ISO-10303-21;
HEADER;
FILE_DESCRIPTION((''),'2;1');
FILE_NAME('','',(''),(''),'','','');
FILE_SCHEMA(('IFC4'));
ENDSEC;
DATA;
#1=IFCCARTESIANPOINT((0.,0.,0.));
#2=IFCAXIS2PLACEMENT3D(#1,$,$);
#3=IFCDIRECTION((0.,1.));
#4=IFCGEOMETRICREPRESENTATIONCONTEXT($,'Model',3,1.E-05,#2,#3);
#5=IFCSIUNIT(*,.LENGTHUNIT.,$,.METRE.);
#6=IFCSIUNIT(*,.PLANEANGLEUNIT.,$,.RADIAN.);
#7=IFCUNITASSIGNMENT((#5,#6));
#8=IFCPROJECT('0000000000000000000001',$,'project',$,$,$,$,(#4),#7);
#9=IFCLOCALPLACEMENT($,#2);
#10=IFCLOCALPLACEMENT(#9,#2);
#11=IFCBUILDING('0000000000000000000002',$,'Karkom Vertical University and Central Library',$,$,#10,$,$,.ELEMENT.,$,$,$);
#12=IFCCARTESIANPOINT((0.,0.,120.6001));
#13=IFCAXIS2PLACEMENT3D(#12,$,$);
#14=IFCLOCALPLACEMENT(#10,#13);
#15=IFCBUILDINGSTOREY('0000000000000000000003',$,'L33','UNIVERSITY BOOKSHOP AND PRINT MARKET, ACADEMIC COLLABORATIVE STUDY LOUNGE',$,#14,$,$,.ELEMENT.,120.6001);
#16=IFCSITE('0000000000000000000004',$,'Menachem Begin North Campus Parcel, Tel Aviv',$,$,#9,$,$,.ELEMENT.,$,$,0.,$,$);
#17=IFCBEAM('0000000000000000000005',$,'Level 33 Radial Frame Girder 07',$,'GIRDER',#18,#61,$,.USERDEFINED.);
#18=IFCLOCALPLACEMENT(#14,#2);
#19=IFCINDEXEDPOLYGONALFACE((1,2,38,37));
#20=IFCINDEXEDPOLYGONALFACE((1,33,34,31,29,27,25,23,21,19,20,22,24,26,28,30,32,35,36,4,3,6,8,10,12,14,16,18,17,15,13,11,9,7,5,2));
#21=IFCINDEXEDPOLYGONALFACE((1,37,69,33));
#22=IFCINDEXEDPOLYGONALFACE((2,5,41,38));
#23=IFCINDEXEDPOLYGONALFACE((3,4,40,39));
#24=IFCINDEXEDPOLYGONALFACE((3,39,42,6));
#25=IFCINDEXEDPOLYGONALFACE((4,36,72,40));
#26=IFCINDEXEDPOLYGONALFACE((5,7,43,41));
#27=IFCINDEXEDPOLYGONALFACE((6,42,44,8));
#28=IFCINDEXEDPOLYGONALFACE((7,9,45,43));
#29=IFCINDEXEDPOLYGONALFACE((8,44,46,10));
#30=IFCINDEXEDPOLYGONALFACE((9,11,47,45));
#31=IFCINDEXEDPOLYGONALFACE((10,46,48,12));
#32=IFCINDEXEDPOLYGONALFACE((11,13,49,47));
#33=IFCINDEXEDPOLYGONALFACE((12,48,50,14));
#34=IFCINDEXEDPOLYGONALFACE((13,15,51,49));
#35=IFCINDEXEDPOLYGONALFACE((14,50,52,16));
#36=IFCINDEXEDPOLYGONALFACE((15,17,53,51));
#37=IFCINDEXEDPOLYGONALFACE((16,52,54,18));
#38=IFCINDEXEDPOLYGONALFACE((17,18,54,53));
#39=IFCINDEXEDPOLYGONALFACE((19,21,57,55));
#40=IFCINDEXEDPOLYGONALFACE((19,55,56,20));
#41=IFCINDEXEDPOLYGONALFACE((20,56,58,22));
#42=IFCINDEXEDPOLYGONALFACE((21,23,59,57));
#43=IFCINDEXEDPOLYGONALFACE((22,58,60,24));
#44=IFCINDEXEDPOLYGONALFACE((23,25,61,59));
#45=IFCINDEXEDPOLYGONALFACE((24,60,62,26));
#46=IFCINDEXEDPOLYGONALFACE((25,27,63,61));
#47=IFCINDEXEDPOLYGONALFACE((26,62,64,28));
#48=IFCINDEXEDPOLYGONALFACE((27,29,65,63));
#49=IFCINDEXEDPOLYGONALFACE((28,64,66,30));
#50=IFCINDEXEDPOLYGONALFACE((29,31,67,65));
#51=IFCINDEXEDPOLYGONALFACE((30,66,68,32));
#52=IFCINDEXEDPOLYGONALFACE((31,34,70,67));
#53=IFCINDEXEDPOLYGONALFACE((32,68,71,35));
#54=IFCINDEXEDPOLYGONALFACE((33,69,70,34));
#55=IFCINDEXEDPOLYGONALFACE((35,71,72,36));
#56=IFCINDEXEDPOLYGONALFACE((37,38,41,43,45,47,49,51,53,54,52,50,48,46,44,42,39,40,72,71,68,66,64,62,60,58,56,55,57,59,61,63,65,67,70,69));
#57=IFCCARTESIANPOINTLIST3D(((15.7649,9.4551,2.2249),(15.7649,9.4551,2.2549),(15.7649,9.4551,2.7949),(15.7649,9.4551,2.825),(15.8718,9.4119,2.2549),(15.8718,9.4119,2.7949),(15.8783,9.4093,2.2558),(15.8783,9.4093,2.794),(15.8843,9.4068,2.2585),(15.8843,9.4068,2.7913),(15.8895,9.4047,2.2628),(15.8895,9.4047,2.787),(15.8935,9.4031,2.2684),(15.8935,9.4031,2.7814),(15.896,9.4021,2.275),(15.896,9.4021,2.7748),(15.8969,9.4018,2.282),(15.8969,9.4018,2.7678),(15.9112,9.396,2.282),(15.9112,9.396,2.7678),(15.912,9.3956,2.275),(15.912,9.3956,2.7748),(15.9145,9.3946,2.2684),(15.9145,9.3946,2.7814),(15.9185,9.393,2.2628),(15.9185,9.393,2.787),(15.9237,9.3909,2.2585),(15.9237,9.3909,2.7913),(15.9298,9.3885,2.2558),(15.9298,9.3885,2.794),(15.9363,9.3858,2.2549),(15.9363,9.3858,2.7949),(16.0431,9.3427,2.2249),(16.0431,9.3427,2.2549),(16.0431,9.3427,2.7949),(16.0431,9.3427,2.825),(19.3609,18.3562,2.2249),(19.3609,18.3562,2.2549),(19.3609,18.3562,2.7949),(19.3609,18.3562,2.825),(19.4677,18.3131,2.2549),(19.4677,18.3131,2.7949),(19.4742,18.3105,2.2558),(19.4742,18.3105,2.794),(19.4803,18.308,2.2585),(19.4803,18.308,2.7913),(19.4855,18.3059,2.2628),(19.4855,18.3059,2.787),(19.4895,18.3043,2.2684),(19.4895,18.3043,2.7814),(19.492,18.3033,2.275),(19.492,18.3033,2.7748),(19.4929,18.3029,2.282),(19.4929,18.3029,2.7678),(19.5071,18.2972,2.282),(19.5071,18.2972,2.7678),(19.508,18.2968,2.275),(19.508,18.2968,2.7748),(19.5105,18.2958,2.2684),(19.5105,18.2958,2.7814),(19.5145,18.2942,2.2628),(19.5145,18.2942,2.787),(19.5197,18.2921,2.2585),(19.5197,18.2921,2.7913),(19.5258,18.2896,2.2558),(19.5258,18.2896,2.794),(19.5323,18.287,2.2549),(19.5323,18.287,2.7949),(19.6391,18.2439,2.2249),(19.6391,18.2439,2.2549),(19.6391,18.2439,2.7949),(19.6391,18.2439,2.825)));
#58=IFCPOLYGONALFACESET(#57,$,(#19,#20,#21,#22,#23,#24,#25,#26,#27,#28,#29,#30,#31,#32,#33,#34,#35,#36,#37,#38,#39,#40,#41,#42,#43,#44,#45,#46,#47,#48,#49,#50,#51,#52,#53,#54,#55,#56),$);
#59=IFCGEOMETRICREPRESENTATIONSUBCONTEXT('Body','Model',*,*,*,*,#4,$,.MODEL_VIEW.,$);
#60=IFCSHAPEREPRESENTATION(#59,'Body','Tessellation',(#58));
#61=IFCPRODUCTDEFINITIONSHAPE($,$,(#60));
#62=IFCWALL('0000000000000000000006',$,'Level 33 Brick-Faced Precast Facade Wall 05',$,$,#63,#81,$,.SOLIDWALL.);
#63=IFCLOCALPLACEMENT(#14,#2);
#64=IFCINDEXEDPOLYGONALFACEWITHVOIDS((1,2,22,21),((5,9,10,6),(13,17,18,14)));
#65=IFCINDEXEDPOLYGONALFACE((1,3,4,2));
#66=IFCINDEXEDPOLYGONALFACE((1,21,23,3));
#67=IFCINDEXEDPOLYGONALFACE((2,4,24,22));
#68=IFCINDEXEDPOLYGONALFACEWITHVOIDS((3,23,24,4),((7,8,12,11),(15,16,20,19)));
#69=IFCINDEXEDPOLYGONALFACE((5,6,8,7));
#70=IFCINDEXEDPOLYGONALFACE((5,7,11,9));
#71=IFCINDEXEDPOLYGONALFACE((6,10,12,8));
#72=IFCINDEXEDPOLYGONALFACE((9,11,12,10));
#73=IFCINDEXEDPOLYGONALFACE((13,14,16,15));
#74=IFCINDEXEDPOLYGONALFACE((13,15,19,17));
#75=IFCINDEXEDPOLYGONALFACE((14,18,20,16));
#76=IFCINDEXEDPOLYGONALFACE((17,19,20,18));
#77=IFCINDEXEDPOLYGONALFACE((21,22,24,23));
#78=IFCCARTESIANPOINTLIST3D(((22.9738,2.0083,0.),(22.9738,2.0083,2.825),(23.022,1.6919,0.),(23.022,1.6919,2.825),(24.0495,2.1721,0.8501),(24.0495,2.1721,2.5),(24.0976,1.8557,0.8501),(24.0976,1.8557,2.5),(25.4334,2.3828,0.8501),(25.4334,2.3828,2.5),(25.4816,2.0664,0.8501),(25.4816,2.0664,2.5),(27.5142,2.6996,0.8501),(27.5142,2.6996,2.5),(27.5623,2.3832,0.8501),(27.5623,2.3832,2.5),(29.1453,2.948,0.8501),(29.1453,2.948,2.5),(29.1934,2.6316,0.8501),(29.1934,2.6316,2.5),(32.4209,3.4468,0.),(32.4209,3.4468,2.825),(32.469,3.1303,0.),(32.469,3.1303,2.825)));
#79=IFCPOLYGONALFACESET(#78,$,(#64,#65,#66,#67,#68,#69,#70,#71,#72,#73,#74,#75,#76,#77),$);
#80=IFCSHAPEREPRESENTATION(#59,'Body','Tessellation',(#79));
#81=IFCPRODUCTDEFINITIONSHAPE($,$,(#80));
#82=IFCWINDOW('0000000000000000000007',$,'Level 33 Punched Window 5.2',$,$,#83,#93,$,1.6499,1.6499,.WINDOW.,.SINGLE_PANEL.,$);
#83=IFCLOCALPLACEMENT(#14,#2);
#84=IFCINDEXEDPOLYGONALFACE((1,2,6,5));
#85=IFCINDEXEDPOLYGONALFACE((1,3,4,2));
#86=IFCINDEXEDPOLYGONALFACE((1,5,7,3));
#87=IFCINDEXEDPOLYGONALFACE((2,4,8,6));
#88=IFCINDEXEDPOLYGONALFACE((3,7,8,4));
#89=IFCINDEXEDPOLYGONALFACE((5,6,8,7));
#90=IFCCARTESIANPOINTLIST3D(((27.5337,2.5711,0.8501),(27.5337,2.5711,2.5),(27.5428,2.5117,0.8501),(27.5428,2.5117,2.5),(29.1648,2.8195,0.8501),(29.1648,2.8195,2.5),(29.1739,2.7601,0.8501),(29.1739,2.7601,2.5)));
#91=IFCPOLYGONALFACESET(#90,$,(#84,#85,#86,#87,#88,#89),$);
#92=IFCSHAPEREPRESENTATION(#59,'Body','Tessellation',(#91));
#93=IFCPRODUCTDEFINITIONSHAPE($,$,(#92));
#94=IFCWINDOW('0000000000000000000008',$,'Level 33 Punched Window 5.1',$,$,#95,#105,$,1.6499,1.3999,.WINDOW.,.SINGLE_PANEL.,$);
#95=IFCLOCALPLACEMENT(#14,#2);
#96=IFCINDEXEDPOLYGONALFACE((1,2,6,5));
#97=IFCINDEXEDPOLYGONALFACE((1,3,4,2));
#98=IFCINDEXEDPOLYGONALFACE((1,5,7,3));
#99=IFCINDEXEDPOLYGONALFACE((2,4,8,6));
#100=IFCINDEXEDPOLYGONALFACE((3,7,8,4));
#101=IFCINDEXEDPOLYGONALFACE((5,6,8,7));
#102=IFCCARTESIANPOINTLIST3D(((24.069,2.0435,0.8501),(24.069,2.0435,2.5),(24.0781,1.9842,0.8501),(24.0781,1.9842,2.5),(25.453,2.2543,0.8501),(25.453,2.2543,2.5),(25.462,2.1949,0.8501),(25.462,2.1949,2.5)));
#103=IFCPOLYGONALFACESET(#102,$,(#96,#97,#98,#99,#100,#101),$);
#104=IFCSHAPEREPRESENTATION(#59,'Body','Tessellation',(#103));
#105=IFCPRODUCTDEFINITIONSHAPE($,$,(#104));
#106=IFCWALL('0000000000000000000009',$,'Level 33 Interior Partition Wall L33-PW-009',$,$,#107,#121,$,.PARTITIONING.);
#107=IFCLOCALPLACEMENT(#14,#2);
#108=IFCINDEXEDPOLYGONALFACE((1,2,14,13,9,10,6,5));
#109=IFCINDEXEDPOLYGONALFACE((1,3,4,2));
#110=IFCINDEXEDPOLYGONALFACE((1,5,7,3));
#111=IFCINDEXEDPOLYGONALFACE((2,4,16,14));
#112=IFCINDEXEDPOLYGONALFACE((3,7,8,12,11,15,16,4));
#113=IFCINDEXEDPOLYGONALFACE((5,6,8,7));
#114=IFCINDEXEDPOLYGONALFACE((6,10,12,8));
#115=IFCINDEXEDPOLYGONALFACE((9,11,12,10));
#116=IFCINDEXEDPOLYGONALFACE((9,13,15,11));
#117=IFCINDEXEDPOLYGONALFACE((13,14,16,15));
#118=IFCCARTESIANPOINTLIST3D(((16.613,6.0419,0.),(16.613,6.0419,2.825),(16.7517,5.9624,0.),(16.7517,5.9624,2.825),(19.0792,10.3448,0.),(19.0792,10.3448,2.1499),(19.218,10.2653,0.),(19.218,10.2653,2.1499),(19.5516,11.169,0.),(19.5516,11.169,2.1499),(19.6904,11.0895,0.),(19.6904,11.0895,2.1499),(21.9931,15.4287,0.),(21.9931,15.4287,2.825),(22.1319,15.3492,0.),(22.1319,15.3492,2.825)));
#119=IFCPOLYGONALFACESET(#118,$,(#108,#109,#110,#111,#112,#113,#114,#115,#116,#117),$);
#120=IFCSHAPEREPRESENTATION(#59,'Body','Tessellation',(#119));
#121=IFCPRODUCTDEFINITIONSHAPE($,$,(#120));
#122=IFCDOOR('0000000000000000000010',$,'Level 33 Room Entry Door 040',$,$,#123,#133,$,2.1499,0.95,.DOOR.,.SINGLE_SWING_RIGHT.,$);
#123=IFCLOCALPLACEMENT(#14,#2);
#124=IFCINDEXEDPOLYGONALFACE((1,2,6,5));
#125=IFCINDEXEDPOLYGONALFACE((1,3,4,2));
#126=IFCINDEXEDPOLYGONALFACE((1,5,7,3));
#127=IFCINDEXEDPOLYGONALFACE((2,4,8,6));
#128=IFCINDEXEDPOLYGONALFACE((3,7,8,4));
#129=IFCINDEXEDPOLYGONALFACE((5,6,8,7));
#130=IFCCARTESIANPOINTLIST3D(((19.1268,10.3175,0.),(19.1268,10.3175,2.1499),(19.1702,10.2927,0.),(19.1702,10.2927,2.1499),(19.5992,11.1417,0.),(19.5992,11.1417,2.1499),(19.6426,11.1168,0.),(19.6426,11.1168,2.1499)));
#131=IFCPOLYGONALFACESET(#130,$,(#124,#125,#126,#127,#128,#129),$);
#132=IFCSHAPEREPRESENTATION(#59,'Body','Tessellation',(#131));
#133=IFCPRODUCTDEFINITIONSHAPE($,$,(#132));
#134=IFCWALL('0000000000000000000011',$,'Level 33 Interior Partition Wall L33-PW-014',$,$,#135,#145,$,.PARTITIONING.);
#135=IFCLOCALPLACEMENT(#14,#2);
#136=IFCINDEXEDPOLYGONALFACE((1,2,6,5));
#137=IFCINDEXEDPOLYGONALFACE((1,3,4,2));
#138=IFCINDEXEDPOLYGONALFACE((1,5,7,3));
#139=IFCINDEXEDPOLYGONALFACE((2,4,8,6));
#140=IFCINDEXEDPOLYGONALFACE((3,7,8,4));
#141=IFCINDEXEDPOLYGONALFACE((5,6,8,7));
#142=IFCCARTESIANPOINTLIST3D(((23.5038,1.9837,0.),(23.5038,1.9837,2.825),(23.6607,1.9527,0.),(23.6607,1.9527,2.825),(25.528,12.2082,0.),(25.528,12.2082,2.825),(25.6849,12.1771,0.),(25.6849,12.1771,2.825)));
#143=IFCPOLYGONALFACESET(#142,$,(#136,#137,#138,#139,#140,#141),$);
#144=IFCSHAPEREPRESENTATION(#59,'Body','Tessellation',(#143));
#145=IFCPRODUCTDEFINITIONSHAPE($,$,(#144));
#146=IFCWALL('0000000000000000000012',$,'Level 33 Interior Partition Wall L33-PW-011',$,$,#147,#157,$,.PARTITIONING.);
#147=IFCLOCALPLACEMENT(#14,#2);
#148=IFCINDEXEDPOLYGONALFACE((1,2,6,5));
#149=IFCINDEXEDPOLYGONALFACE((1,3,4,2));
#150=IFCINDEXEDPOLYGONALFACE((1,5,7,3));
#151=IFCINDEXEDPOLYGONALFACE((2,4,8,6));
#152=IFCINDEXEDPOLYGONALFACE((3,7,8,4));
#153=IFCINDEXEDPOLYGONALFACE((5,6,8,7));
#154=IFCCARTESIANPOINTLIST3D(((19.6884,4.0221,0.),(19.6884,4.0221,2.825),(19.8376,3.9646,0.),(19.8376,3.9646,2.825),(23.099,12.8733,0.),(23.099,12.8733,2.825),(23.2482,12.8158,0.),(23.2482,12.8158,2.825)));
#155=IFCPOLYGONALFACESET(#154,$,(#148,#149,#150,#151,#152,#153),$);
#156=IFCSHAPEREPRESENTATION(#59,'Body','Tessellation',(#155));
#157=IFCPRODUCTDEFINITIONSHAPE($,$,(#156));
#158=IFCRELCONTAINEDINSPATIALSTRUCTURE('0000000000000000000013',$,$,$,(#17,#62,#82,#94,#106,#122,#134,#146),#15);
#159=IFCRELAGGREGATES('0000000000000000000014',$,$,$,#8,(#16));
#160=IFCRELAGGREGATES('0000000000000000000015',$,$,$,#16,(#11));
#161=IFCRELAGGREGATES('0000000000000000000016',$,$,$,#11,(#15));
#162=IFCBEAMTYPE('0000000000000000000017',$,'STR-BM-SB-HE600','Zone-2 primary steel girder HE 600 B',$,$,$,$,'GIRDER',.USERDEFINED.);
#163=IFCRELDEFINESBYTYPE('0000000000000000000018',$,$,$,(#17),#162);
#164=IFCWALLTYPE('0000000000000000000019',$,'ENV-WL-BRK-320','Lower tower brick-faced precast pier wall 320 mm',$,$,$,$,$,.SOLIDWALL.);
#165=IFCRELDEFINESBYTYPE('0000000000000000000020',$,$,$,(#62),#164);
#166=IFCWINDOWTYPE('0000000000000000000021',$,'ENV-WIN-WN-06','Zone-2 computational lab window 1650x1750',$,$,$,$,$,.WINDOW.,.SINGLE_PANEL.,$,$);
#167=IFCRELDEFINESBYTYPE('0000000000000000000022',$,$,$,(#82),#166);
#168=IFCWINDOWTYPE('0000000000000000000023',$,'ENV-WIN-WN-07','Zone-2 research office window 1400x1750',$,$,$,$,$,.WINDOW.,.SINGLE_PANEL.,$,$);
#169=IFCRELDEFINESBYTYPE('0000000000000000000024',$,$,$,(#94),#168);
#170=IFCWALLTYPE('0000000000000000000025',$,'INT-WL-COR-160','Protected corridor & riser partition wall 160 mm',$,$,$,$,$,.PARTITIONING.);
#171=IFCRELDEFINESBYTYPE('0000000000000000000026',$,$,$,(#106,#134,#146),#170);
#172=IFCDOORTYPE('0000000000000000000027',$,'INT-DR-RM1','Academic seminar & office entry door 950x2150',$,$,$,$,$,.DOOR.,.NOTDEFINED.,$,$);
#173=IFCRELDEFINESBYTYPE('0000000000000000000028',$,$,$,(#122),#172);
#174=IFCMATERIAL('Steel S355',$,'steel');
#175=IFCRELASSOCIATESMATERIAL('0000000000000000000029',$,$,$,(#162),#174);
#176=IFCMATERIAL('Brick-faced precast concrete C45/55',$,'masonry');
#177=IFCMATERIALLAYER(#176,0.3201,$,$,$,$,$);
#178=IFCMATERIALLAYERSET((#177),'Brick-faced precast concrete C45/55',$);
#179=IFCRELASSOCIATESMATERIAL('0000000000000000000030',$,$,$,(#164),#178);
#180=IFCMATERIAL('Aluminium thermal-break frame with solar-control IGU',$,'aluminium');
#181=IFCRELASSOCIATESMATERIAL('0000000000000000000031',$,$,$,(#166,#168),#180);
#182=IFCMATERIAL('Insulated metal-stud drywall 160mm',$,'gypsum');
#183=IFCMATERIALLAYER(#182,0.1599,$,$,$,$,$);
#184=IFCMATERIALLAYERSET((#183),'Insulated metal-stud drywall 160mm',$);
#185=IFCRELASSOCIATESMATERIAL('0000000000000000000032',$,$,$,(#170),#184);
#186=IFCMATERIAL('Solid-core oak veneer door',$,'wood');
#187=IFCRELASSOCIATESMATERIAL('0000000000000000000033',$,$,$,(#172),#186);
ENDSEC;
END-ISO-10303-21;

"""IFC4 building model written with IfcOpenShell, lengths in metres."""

from ifc_helpers import new_model, si_unit, direction, frame, frame_2d, origin, origin_with_axes, origin_2d, place, context, subcontext, project, spatial, rectangle, i_section, extrude, source, transform, mapped, material, layer, layer_set, material_profile, profile_set, type_object, element, fill, save


model = new_model("IFC4")

# Units and contexts
model_context = context("Model", 3, precision=1e-05, world=origin(), true_north=direction((0.0, 1.0)))
body_context = subcontext(model_context, "Body", "Model", "MODEL_VIEW")
ifc_project = project(units=[si_unit("LENGTHUNIT", "METRE"), si_unit("PLANEANGLEUNIT", "RADIAN")], contexts=[model_context])

# Site, building, storey
site_placement = place(None, origin())
site = spatial("IfcSite", under=ifc_project, at=site_placement, Name="Menachem Begin North Campus Parcel, Tel Aviv", CompositionType="ELEMENT", RefElevation=0.0)
building_placement = place(site_placement, origin())
building = spatial("IfcBuilding", under=site, at=building_placement, Name="Karkom Vertical University and Central Library", CompositionType="ELEMENT")
storey_placement = place(building_placement, frame((0.0, 0.0, 120.6001)))
storey = spatial("IfcBuildingStorey", under=building, at=storey_placement, Name="L33", Description="UNIVERSITY BOOKSHOP AND PRINT MARKET, ACADEMIC COLLABORATIVE STUDY LOUNGE", CompositionType="ELEMENT", Elevation=120.6001)

# Beam
ifc_material_1 = material(Name="Steel S355", Category="steel")
ifc_material_profile_1 = material_profile(ifc_material_1, i_section(OverallWidth=0.3, OverallDepth=0.6001, WebThickness=0.0154, FlangeThickness=0.03, FilletRadius=0.0271, at=origin_2d()), Name="HE 600 B")
ifc_profile_set_1 = profile_set([ifc_material_profile_1], Name="Steel S355")
beam_type_1 = type_object("IfcBeamType", Name="STR-BM-SB-HE600", Description="Zone-2 primary steel girder HE 600 B", ElementType="GIRDER", PredefinedType="USERDEFINED", material=ifc_profile_set_1)
shared_shape_1 = source(origin_with_axes(), body_context, "Body", "SweptSolid", [
    extrude(i_section(OverallWidth=0.3, OverallDepth=0.6001, WebThickness=0.0154, FlangeThickness=0.03, FilletRadius=0.0271, at=origin_2d()), origin(), (0.0, 0.0, 1.0), 9.6001),
])
beam_1_placement = place(storey_placement, frame((19.5, 18.3, 2.5249), z_axis=(-0.374576, -0.927196, 0.0), x_axis=(0.927196, -0.374576, 0.0)))
element("IfcBeam", 1, at=beam_1_placement, inside=storey, type_object=beam_type_1, Name="Level 33 Radial Frame Girder 07", ObjectType="GIRDER", PredefinedType="USERDEFINED", context=body_context, shape_type="MappedRepresentation", body=[
    mapped(shared_shape_1, transform((0.0, 0.0, 0.0), scale=1.0)),
])

# Wall, openings, windows
ifc_material_2 = material(Name="Brick-faced precast concrete C45/55", Category="masonry")
ifc_layer_1 = layer(ifc_material_2, 0.3201)
ifc_layer_set_1 = layer_set([ifc_layer_1], Name="Brick-faced precast concrete C45/55")
wall_type_1 = type_object("IfcWallType", Name="ENV-WL-BRK-320", Description="Lower tower brick-faced precast pier wall 320 mm", PredefinedType="SOLIDWALL", material=ifc_layer_set_1)
wall_1_placement = place(storey_placement, frame((22.998, 1.8501, 0.0), z_axis=(0.0, 0.0, 1.0), x_axis=(0.988605, 0.150533, 0.0)))
wall_1 = element("IfcWall", 2, at=wall_1_placement, inside=storey, type_object=wall_type_1, Name="Level 33 Brick-Faced Precast Facade Wall 05", PredefinedType="SOLIDWALL", context=body_context, shape_type="SweptSolid", body=[
    extrude(rectangle(XDim=9.5559, YDim=0.3201, at=frame_2d((4.7778, 0.0))), origin(), (0.0, 0.0, 1.0), 2.825),
])
opening_1_placement = place(wall_1_placement, frame((1.0879, 0.0, 0.8501)))
opening_1 = element("IfcOpeningElement", 3, at=opening_1_placement, cuts=wall_1, PredefinedType="OPENING", context=body_context, shape_type="SweptSolid", body=[
    extrude(rectangle(XDim=1.3999, YDim=1.6499, at=frame_2d((0.7, 0.825))), frame((0.0, 0.1699, 0.0), z_axis=(0.0, -1.0, 0.0), x_axis=(1.0, 0.0, 0.0)), (0.0, 0.0, 1.0), 0.3401),
])
opening_2_placement = place(wall_1_placement, frame((4.5925, 0.0, 0.8501)))
opening_2 = element("IfcOpeningElement", 4, at=opening_2_placement, cuts=wall_1, PredefinedType="OPENING", context=body_context, shape_type="SweptSolid", body=[
    extrude(rectangle(XDim=1.6499, YDim=1.6499, at=frame_2d((0.825, 0.825))), frame((0.0, 0.1699, 0.0), z_axis=(0.0, -1.0, 0.0), x_axis=(1.0, 0.0, 0.0)), (0.0, 0.0, 1.0), 0.3401),
])
ifc_material_3 = material(Name="Aluminium thermal-break frame with solar-control IGU", Category="aluminium")
window_type_1 = type_object("IfcWindowType", Name="ENV-WIN-WN-06", Description="Zone-2 computational lab window 1650x1750", PartitioningType="SINGLE_PANEL", PredefinedType="WINDOW", material=ifc_material_3)
shared_shape_2 = source(origin_with_axes(), body_context, "Body", "SweptSolid", [
    extrude(rectangle(XDim=1.6499, YDim=1.6499, at=frame_2d((0.825, 0.825))), frame((0.0, 0.03, 0.0), z_axis=(0.0, -1.0, 0.0), x_axis=(1.0, 0.0, 0.0)), (0.0, 0.0, 1.0), 0.0601),
])
window_1_placement = place(opening_2_placement, origin())
window_1 = element("IfcWindow", 5, at=window_1_placement, inside=storey, type_object=window_type_1, Name="Level 33 Punched Window 5.2", OverallHeight=1.6499, OverallWidth=1.6499, PartitioningType="SINGLE_PANEL", PredefinedType="WINDOW", context=body_context, shape_type="MappedRepresentation", body=[
    mapped(shared_shape_2, transform((0.0, 0.0, 0.0), scale=1.0)),
])
fill(opening_2, window_1)
window_type_2 = type_object("IfcWindowType", Name="ENV-WIN-WN-07", Description="Zone-2 research office window 1400x1750", PartitioningType="SINGLE_PANEL", PredefinedType="WINDOW", material=ifc_material_3)
shared_shape_3 = source(origin_with_axes(), body_context, "Body", "SweptSolid", [
    extrude(rectangle(XDim=1.3999, YDim=1.6499, at=frame_2d((0.7, 0.825))), frame((0.0, 0.03, 0.0), z_axis=(0.0, -1.0, 0.0), x_axis=(1.0, 0.0, 0.0)), (0.0, 0.0, 1.0), 0.0601),
])
window_2_placement = place(opening_1_placement, origin())
window_2 = element("IfcWindow", 6, at=window_2_placement, inside=storey, type_object=window_type_2, Name="Level 33 Punched Window 5.1", OverallHeight=1.6499, OverallWidth=1.3999, PartitioningType="SINGLE_PANEL", PredefinedType="WINDOW", context=body_context, shape_type="MappedRepresentation", body=[
    mapped(shared_shape_3, transform((0.0, 0.0, 0.0), scale=1.0)),
])
fill(opening_1, window_2)

# Wall, opening, door
ifc_material_4 = material(Name="Insulated metal-stud drywall 160mm", Category="gypsum")
ifc_layer_2 = layer(ifc_material_4, 0.1599)
ifc_layer_set_2 = layer_set([ifc_layer_2], Name="Insulated metal-stud drywall 160mm")
wall_type_2 = type_object("IfcWallType", Name="INT-WL-COR-160", Description="Protected corridor & riser partition wall 160 mm", PredefinedType="PARTITIONING", material=ifc_layer_set_2)
wall_2_placement = place(storey_placement, frame((22.0625, 15.3889, 0.0), z_axis=(0.0, 0.0, 1.0), x_axis=(-0.497273, -0.867594, 0.0)))
wall_2 = element("IfcWall", 7, at=wall_2_placement, inside=storey, type_object=wall_type_2, Name="Level 33 Interior Partition Wall L33-PW-009", PredefinedType="PARTITIONING", context=body_context, shape_type="SweptSolid", body=[
    extrude(rectangle(XDim=10.8193, YDim=0.1599, at=frame_2d((5.4097, 0.0))), origin(), (0.0, 0.0, 1.0), 2.825),
])
opening_3_placement = place(wall_2_placement, frame((4.9097, 0.0, 0.0)))
opening_3 = element("IfcOpeningElement", 8, at=opening_3_placement, cuts=wall_2, PredefinedType="OPENING", context=body_context, shape_type="SweptSolid", body=[
    extrude(rectangle(XDim=0.95, YDim=2.1499, at=frame_2d((0.4751, 1.075))), frame((0.0, 0.0898, 0.0), z_axis=(0.0, -1.0, 0.0), x_axis=(1.0, 0.0, 0.0)), (0.0, 0.0, 1.0), 0.1799),
])
ifc_material_5 = material(Name="Solid-core oak veneer door", Category="wood")
door_type_1 = type_object("IfcDoorType", Name="INT-DR-RM1", Description="Academic seminar & office entry door 950x2150", OperationType="NOTDEFINED", PredefinedType="DOOR", material=ifc_material_5)
shared_shape_4 = source(origin_with_axes(), body_context, "Body", "SweptSolid", [
    extrude(rectangle(XDim=0.95, YDim=2.1499, at=frame_2d((0.4751, 1.075))), frame((0.0, 0.0249, 0.0), z_axis=(0.0, -1.0, 0.0), x_axis=(1.0, 0.0, 0.0)), (0.0, 0.0, 1.0), 0.05),
])
door_1_placement = place(opening_3_placement, origin())
door_1 = element("IfcDoor", 9, at=door_1_placement, inside=storey, type_object=door_type_1, Name="Level 33 Room Entry Door 040", OperationType="SINGLE_SWING_RIGHT", OverallHeight=2.1499, OverallWidth=0.95, PredefinedType="DOOR", context=body_context, shape_type="MappedRepresentation", body=[
    mapped(shared_shape_4, transform((0.0, 0.0, 0.0), scale=1.0)),
])
fill(opening_3, door_1)

# Walls
wall_3_placement = place(storey_placement, frame((25.6064, 12.1926, 0.0), z_axis=(0.0, 0.0, 1.0), x_axis=(-0.194206, -0.980961, 0.0)))
element("IfcWall", 10, at=wall_3_placement, inside=storey, type_object=wall_type_2, Name="Level 33 Interior Partition Wall L33-PW-014", PredefinedType="PARTITIONING", context=body_context, shape_type="SweptSolid", body=[
    extrude(rectangle(XDim=10.4229, YDim=0.1599, at=frame_2d((5.2114, 0.0))), origin(), (0.0, 0.0, 1.0), 2.825),
])
wall_4_placement = place(storey_placement, frame((23.1736, 12.8445, 0.0), z_axis=(0.0, 0.0, 1.0), x_axis=(-0.359557, -0.933123, 0.0)))
element("IfcWall", 11, at=wall_4_placement, inside=storey, type_object=wall_type_2, Name="Level 33 Interior Partition Wall L33-PW-011", PredefinedType="PARTITIONING", context=body_context, shape_type="SweptSolid", body=[
    extrude(rectangle(XDim=9.4856, YDim=0.1599, at=frame_2d((4.7427, 0.0))), origin(), (0.0, 0.0, 1.0), 2.825),
])

save(model, "model.ifc")
